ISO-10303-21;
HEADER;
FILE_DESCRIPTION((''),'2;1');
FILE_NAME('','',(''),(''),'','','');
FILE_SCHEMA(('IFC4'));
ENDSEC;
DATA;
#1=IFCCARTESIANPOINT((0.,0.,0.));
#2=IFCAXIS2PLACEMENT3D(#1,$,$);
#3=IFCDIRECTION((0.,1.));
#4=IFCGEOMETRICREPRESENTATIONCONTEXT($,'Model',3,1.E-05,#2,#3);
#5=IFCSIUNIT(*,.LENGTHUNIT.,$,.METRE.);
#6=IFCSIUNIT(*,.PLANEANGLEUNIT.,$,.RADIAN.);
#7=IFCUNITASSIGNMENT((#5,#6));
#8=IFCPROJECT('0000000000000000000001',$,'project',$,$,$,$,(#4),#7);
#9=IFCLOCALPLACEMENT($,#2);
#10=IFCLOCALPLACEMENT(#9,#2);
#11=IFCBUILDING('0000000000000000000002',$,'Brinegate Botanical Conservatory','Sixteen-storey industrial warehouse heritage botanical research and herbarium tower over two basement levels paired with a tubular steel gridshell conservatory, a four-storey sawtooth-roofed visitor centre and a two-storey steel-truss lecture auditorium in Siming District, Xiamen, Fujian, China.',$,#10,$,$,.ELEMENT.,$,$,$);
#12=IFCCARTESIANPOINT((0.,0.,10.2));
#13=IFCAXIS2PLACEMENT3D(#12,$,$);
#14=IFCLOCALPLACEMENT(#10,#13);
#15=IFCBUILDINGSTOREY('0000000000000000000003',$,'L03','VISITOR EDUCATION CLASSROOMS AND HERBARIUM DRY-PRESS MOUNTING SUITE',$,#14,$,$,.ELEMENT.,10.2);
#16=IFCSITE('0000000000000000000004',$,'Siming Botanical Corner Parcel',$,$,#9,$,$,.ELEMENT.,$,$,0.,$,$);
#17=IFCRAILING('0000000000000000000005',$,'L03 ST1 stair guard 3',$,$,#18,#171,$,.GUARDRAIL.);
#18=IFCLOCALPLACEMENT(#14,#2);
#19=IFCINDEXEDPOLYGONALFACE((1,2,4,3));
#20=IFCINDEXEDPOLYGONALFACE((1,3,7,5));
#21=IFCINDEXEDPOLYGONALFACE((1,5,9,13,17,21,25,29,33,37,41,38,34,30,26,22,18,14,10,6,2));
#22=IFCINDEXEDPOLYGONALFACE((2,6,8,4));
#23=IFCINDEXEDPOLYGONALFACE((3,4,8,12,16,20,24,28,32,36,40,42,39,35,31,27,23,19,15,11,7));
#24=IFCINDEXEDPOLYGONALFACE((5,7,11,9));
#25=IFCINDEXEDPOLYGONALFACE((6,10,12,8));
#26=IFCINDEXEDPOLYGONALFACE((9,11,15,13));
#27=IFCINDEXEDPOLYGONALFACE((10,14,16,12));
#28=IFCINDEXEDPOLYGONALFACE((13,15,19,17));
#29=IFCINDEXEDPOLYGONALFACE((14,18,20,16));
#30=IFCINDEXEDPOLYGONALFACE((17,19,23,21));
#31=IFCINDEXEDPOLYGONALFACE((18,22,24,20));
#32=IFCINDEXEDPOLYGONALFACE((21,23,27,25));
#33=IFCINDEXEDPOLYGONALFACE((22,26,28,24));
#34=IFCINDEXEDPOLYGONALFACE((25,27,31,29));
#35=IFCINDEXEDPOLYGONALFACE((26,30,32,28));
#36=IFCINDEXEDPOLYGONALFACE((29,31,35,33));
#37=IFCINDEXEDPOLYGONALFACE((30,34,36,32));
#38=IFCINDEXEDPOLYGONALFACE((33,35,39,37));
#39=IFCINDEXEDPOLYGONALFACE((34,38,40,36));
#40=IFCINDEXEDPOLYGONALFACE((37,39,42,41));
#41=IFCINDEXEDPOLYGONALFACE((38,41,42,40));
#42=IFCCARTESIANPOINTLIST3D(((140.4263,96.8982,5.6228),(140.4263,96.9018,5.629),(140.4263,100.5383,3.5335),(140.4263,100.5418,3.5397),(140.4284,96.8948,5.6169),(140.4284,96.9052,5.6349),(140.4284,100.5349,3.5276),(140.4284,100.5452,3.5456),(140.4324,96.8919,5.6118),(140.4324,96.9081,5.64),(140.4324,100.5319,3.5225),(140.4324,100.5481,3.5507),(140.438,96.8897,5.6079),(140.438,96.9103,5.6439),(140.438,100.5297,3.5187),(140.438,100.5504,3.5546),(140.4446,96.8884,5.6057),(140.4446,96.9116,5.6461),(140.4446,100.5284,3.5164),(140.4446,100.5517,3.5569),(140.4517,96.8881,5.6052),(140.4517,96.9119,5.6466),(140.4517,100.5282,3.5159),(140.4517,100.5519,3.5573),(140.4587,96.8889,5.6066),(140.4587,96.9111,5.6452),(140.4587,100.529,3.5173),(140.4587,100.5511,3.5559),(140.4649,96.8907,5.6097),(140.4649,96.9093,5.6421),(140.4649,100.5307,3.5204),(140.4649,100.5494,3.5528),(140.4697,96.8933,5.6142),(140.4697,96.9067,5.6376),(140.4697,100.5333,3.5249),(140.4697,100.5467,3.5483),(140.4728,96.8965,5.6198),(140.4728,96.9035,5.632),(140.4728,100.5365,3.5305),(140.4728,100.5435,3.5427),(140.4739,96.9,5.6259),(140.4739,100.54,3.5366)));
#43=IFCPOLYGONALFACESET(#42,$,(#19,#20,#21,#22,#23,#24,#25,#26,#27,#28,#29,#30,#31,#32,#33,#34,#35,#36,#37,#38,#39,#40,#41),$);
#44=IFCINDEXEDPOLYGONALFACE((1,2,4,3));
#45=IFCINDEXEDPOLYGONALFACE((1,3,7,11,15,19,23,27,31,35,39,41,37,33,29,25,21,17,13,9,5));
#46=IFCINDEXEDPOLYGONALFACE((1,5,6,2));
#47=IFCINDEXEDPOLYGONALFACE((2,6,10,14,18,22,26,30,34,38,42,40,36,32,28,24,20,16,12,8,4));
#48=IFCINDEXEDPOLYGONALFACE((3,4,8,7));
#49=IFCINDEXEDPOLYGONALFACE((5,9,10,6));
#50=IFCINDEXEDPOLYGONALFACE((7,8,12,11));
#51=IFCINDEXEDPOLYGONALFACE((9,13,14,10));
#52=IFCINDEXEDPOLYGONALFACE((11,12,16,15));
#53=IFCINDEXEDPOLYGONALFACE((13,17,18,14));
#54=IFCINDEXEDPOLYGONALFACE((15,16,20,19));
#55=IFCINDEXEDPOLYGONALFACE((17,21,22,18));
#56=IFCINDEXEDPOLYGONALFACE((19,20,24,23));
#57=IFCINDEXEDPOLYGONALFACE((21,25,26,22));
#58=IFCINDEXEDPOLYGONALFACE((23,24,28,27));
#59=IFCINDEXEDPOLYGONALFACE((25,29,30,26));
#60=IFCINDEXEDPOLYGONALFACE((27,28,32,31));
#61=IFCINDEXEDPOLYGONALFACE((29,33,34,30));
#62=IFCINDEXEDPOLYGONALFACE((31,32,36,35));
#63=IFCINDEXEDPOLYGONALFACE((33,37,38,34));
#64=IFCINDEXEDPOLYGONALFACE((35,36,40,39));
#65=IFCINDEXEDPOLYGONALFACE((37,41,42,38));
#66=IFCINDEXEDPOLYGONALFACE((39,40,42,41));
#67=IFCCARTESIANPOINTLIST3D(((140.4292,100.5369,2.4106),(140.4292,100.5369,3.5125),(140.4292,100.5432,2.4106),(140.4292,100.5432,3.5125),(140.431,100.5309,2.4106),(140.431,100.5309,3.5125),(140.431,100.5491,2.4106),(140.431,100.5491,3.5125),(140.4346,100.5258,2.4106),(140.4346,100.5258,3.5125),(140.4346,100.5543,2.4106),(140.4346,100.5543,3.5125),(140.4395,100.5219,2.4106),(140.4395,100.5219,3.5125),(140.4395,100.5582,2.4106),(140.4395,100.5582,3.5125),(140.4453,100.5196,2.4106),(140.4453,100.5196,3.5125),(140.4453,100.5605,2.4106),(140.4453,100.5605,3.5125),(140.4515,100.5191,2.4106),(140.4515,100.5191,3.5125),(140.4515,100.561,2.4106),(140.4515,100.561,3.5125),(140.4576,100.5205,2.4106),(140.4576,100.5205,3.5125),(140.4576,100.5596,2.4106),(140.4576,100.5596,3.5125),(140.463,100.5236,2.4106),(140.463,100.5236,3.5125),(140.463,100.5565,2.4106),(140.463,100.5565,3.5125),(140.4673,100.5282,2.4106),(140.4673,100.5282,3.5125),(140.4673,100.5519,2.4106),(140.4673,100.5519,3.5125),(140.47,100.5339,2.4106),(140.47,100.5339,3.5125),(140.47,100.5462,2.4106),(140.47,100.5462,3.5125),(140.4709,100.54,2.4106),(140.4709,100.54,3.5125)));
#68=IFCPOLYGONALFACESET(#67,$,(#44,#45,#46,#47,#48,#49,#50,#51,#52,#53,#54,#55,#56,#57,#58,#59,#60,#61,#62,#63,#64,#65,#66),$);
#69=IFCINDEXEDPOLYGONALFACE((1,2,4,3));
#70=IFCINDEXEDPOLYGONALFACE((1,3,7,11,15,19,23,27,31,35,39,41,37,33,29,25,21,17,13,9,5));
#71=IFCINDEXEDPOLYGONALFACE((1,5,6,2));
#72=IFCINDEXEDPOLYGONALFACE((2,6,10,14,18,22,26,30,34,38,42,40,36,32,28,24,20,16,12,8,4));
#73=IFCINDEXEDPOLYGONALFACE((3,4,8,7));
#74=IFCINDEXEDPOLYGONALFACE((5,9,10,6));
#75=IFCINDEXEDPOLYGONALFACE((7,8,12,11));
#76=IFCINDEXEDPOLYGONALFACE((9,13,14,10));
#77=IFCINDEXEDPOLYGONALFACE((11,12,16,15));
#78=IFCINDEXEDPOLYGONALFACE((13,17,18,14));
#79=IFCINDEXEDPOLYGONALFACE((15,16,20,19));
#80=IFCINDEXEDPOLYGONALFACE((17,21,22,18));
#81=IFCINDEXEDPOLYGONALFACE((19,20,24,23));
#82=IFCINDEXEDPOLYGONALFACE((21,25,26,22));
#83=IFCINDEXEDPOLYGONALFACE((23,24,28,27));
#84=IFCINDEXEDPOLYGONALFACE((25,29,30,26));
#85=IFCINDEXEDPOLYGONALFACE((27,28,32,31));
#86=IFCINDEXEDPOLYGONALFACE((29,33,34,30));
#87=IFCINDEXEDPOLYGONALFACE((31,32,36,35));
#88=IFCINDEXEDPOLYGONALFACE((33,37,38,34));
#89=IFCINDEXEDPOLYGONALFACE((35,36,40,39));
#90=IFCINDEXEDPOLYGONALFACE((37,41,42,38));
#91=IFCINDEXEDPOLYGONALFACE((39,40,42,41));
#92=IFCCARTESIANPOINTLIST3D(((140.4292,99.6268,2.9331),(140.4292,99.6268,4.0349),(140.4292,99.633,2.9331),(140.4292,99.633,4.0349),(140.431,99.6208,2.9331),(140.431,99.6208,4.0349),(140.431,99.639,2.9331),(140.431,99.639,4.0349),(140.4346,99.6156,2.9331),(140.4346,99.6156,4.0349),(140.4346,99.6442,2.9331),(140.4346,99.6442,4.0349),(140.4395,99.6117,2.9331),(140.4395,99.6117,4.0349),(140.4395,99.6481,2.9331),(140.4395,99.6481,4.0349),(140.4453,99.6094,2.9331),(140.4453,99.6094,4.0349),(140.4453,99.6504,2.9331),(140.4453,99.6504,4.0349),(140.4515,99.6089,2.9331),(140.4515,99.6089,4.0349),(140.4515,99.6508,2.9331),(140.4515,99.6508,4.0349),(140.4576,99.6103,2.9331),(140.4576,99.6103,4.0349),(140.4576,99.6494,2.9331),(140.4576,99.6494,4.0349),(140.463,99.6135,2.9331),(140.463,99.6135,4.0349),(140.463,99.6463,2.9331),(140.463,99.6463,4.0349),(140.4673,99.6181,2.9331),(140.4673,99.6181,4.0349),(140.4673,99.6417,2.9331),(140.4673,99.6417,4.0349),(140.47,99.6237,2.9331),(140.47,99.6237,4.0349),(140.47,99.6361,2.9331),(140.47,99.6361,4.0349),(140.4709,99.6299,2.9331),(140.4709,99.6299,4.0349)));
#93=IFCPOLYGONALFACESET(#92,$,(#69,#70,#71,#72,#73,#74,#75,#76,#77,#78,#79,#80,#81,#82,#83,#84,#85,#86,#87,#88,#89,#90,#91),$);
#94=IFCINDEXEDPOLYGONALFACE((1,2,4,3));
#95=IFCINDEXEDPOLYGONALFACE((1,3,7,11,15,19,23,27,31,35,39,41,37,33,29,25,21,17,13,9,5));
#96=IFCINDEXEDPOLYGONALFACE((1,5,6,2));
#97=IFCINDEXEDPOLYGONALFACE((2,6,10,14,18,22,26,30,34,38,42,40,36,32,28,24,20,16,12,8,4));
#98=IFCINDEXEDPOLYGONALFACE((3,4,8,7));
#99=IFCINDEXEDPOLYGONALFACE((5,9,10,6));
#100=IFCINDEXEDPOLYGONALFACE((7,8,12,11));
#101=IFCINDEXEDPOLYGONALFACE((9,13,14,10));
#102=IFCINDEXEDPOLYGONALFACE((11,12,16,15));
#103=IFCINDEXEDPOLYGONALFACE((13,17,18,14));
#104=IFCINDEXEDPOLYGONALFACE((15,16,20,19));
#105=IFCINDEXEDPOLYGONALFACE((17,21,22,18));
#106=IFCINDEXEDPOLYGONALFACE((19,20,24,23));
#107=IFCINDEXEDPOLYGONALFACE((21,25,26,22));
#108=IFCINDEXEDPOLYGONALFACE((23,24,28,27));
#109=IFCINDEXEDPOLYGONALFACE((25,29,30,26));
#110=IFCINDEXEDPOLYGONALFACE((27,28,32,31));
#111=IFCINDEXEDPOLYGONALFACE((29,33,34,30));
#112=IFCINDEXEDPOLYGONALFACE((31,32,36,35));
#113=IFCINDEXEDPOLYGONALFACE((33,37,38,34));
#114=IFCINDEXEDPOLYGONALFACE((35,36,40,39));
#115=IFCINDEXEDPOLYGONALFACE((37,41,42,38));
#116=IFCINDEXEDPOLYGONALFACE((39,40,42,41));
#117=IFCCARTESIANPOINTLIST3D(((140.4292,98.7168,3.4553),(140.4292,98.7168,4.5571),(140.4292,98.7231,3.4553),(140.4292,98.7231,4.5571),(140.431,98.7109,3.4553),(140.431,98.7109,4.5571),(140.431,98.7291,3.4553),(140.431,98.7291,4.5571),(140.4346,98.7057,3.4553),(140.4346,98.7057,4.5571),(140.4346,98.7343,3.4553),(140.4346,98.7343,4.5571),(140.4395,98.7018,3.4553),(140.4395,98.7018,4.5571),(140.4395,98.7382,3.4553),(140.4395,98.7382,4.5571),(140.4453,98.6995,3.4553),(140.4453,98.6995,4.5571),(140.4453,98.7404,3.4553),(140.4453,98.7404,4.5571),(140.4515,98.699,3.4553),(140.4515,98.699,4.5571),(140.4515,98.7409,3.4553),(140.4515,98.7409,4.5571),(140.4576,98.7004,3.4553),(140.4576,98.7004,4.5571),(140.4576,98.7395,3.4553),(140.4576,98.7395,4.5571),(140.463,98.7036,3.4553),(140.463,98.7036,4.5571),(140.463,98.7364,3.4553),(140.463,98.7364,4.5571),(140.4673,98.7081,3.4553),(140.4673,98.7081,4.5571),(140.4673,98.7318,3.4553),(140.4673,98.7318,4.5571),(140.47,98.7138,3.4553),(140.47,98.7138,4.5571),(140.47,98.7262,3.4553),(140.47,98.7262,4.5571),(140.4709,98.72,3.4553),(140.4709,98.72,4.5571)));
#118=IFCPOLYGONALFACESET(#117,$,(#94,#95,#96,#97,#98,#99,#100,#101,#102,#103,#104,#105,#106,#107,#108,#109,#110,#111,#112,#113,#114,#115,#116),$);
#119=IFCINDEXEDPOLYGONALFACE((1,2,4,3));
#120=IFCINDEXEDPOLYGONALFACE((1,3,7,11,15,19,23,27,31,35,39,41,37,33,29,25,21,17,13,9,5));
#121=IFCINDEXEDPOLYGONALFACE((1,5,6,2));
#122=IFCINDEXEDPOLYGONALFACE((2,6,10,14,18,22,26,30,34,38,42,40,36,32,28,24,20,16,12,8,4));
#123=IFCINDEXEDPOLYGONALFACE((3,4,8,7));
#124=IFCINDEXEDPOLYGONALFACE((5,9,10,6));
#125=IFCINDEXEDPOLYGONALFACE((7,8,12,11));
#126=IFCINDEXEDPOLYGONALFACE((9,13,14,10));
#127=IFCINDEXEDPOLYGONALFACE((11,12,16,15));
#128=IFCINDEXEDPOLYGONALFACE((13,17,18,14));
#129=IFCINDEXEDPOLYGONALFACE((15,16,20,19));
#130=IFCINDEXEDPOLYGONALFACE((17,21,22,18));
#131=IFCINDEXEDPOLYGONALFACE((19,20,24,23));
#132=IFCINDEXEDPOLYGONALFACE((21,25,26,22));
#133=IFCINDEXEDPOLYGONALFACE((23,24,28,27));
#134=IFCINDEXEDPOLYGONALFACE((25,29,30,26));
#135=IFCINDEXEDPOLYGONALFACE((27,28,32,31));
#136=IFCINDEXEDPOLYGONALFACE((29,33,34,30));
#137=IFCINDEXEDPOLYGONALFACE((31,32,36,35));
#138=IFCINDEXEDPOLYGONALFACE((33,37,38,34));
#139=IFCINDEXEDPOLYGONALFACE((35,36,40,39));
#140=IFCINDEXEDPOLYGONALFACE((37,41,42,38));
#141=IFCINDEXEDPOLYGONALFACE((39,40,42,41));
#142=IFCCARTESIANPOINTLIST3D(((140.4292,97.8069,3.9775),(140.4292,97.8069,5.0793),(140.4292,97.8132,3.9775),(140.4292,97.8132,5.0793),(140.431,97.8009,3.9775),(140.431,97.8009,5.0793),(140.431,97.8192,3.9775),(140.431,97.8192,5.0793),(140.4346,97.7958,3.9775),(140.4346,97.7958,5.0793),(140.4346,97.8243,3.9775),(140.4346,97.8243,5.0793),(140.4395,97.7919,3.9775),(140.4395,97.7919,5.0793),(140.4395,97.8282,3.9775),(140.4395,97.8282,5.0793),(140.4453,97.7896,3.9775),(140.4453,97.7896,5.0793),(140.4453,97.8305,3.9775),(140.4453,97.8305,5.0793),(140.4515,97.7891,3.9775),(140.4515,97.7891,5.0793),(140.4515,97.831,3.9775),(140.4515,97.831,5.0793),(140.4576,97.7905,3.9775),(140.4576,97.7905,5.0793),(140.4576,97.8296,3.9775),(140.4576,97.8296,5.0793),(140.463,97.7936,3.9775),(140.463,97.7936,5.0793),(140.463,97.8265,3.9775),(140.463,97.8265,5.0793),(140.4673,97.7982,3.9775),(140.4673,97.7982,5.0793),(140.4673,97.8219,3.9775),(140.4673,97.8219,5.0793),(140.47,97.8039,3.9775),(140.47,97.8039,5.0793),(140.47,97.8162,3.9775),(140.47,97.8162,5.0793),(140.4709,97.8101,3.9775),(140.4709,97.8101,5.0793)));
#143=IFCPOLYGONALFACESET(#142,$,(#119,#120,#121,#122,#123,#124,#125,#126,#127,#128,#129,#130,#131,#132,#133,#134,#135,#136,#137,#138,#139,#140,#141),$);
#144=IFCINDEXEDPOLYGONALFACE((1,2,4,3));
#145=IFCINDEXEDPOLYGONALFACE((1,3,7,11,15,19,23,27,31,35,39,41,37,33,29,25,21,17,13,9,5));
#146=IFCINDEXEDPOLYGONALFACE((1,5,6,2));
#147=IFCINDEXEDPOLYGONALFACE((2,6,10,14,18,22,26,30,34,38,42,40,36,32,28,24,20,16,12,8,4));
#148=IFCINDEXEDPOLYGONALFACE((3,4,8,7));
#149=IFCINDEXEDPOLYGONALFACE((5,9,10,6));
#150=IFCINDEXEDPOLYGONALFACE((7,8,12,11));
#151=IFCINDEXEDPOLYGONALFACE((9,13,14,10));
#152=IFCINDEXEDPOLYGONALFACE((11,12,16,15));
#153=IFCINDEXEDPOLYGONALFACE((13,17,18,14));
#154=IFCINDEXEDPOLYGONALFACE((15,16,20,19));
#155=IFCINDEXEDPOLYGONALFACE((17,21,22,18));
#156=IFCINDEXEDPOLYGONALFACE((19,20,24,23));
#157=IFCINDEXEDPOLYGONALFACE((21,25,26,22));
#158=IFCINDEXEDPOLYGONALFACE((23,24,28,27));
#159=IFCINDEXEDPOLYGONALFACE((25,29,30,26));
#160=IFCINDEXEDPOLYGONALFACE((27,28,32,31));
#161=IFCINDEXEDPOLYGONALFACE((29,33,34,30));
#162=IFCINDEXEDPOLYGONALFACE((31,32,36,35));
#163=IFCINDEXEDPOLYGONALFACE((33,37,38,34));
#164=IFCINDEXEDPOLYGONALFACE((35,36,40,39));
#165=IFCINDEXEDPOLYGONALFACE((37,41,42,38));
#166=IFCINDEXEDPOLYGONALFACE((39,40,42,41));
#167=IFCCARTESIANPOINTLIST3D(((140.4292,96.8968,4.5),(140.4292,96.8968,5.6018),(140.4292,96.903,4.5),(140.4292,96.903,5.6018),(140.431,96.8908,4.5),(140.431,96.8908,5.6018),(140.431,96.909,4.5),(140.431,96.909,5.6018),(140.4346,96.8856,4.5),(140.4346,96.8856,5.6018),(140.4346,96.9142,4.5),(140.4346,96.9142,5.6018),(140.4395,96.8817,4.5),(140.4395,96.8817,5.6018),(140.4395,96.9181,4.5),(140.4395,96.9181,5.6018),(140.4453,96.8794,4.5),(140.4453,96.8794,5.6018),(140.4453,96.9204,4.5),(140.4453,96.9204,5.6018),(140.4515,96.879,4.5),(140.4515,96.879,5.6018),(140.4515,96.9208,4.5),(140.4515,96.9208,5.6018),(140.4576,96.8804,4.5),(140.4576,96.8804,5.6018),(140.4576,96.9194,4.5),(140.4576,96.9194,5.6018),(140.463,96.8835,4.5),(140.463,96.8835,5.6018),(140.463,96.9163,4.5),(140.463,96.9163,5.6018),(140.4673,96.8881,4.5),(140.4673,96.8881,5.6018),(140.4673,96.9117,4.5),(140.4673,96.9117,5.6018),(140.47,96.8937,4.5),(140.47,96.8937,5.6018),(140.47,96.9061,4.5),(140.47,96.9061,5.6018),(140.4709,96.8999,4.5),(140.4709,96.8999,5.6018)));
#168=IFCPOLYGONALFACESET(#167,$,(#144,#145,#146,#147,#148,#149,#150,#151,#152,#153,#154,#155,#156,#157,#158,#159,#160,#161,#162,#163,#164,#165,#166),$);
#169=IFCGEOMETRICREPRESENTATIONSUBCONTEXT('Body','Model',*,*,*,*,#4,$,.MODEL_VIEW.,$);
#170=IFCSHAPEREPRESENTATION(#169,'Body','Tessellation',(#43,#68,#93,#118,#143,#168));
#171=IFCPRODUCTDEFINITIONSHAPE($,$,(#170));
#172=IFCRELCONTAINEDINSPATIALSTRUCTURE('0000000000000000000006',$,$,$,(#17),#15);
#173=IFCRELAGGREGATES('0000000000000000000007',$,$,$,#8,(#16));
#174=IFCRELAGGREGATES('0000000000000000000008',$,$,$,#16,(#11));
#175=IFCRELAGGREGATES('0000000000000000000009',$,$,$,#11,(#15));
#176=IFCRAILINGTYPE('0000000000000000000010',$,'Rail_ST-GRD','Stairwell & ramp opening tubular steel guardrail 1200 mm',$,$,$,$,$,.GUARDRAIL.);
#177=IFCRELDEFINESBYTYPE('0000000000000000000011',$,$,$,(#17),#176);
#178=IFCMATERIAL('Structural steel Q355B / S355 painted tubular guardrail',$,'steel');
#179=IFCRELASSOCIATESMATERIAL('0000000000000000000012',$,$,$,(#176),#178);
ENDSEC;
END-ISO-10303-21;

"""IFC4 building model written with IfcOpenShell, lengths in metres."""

from ifc_helpers import new_model, si_unit, direction, frame, origin, origin_2d, place, context, subcontext, project, spatial, circle, extrude, material, type_object, element, save


model = new_model("IFC4")

# Units and contexts
model_context = context("Model", 3, precision=1e-05, world=origin(), true_north=direction((0.0, 1.0)))
body_context = subcontext(model_context, "Body", "Model", "MODEL_VIEW")
ifc_project = project(units=[si_unit("LENGTHUNIT", "METRE"), si_unit("PLANEANGLEUNIT", "RADIAN")], contexts=[model_context])

# Site, building, storey
site_placement = place(None, origin())
site = spatial("IfcSite", under=ifc_project, at=site_placement, Name="Siming Botanical Corner Parcel", CompositionType="ELEMENT", RefElevation=0.0)
building_placement = place(site_placement, origin())
building = spatial("IfcBuilding", under=site, at=building_placement, Name="Brinegate Botanical Conservatory", Description="Sixteen-storey industrial warehouse heritage botanical research and herbarium tower over two basement levels paired with a tubular steel gridshell conservatory, a four-storey sawtooth-roofed visitor centre and a two-storey steel-truss lecture auditorium in Siming District, Xiamen, Fujian, China.", CompositionType="ELEMENT")
storey_placement = place(building_placement, frame((0.0, 0.0, 10.2)))
storey = spatial("IfcBuildingStorey", under=building, at=storey_placement, Name="L03", Description="VISITOR EDUCATION CLASSROOMS AND HERBARIUM DRY-PRESS MOUNTING SUITE", CompositionType="ELEMENT", Elevation=10.2)

# Railing
ifc_material_1 = material(Name="Structural steel Q355B / S355 painted tubular guardrail", Category="steel")
railing_type = type_object("IfcRailingType", Name="Rail_ST-GRD", Description="Stairwell & ramp opening tubular steel guardrail 1200 mm", PredefinedType="GUARDRAIL", material=ifc_material_1)
railing_1_placement = place(storey_placement, frame((140.45, 100.54, 2.4106)))
element("IfcRailing", 1, at=railing_1_placement, inside=storey, type_object=railing_type, Name="L03 ST1 stair guard 3", PredefinedType="GUARDRAIL", context=body_context, shape_type="SweptSolid", body=[
    extrude(circle(Radius=0.0239, at=origin_2d()), frame((0.0, 0.0, 1.126), z_axis=(0.0, -0.867289, 0.497804), x_axis=(1.0, 0.0, 0.0)), (0.0, 0.0, 1.0), 4.197),
    extrude(circle(Radius=0.021, at=origin_2d()), origin(), (0.0, 0.0, 1.0), 1.1018),
    extrude(circle(Radius=0.021, at=origin_2d()), frame((0.0, -0.9102, 0.5225)), (0.0, 0.0, 1.0), 1.1018),
    extrude(circle(Radius=0.021, at=origin_2d()), frame((0.0, -1.8201, 1.0447)), (0.0, 0.0, 1.0), 1.1018),
    extrude(circle(Radius=0.021, at=origin_2d()), frame((0.0, -2.73, 1.5669)), (0.0, 0.0, 1.0), 1.1018),
    extrude(circle(Radius=0.021, at=origin_2d()), frame((0.0, -3.6401, 2.0894)), (0.0, 0.0, 1.0), 1.1018),
])

save(model, "model.ifc")
